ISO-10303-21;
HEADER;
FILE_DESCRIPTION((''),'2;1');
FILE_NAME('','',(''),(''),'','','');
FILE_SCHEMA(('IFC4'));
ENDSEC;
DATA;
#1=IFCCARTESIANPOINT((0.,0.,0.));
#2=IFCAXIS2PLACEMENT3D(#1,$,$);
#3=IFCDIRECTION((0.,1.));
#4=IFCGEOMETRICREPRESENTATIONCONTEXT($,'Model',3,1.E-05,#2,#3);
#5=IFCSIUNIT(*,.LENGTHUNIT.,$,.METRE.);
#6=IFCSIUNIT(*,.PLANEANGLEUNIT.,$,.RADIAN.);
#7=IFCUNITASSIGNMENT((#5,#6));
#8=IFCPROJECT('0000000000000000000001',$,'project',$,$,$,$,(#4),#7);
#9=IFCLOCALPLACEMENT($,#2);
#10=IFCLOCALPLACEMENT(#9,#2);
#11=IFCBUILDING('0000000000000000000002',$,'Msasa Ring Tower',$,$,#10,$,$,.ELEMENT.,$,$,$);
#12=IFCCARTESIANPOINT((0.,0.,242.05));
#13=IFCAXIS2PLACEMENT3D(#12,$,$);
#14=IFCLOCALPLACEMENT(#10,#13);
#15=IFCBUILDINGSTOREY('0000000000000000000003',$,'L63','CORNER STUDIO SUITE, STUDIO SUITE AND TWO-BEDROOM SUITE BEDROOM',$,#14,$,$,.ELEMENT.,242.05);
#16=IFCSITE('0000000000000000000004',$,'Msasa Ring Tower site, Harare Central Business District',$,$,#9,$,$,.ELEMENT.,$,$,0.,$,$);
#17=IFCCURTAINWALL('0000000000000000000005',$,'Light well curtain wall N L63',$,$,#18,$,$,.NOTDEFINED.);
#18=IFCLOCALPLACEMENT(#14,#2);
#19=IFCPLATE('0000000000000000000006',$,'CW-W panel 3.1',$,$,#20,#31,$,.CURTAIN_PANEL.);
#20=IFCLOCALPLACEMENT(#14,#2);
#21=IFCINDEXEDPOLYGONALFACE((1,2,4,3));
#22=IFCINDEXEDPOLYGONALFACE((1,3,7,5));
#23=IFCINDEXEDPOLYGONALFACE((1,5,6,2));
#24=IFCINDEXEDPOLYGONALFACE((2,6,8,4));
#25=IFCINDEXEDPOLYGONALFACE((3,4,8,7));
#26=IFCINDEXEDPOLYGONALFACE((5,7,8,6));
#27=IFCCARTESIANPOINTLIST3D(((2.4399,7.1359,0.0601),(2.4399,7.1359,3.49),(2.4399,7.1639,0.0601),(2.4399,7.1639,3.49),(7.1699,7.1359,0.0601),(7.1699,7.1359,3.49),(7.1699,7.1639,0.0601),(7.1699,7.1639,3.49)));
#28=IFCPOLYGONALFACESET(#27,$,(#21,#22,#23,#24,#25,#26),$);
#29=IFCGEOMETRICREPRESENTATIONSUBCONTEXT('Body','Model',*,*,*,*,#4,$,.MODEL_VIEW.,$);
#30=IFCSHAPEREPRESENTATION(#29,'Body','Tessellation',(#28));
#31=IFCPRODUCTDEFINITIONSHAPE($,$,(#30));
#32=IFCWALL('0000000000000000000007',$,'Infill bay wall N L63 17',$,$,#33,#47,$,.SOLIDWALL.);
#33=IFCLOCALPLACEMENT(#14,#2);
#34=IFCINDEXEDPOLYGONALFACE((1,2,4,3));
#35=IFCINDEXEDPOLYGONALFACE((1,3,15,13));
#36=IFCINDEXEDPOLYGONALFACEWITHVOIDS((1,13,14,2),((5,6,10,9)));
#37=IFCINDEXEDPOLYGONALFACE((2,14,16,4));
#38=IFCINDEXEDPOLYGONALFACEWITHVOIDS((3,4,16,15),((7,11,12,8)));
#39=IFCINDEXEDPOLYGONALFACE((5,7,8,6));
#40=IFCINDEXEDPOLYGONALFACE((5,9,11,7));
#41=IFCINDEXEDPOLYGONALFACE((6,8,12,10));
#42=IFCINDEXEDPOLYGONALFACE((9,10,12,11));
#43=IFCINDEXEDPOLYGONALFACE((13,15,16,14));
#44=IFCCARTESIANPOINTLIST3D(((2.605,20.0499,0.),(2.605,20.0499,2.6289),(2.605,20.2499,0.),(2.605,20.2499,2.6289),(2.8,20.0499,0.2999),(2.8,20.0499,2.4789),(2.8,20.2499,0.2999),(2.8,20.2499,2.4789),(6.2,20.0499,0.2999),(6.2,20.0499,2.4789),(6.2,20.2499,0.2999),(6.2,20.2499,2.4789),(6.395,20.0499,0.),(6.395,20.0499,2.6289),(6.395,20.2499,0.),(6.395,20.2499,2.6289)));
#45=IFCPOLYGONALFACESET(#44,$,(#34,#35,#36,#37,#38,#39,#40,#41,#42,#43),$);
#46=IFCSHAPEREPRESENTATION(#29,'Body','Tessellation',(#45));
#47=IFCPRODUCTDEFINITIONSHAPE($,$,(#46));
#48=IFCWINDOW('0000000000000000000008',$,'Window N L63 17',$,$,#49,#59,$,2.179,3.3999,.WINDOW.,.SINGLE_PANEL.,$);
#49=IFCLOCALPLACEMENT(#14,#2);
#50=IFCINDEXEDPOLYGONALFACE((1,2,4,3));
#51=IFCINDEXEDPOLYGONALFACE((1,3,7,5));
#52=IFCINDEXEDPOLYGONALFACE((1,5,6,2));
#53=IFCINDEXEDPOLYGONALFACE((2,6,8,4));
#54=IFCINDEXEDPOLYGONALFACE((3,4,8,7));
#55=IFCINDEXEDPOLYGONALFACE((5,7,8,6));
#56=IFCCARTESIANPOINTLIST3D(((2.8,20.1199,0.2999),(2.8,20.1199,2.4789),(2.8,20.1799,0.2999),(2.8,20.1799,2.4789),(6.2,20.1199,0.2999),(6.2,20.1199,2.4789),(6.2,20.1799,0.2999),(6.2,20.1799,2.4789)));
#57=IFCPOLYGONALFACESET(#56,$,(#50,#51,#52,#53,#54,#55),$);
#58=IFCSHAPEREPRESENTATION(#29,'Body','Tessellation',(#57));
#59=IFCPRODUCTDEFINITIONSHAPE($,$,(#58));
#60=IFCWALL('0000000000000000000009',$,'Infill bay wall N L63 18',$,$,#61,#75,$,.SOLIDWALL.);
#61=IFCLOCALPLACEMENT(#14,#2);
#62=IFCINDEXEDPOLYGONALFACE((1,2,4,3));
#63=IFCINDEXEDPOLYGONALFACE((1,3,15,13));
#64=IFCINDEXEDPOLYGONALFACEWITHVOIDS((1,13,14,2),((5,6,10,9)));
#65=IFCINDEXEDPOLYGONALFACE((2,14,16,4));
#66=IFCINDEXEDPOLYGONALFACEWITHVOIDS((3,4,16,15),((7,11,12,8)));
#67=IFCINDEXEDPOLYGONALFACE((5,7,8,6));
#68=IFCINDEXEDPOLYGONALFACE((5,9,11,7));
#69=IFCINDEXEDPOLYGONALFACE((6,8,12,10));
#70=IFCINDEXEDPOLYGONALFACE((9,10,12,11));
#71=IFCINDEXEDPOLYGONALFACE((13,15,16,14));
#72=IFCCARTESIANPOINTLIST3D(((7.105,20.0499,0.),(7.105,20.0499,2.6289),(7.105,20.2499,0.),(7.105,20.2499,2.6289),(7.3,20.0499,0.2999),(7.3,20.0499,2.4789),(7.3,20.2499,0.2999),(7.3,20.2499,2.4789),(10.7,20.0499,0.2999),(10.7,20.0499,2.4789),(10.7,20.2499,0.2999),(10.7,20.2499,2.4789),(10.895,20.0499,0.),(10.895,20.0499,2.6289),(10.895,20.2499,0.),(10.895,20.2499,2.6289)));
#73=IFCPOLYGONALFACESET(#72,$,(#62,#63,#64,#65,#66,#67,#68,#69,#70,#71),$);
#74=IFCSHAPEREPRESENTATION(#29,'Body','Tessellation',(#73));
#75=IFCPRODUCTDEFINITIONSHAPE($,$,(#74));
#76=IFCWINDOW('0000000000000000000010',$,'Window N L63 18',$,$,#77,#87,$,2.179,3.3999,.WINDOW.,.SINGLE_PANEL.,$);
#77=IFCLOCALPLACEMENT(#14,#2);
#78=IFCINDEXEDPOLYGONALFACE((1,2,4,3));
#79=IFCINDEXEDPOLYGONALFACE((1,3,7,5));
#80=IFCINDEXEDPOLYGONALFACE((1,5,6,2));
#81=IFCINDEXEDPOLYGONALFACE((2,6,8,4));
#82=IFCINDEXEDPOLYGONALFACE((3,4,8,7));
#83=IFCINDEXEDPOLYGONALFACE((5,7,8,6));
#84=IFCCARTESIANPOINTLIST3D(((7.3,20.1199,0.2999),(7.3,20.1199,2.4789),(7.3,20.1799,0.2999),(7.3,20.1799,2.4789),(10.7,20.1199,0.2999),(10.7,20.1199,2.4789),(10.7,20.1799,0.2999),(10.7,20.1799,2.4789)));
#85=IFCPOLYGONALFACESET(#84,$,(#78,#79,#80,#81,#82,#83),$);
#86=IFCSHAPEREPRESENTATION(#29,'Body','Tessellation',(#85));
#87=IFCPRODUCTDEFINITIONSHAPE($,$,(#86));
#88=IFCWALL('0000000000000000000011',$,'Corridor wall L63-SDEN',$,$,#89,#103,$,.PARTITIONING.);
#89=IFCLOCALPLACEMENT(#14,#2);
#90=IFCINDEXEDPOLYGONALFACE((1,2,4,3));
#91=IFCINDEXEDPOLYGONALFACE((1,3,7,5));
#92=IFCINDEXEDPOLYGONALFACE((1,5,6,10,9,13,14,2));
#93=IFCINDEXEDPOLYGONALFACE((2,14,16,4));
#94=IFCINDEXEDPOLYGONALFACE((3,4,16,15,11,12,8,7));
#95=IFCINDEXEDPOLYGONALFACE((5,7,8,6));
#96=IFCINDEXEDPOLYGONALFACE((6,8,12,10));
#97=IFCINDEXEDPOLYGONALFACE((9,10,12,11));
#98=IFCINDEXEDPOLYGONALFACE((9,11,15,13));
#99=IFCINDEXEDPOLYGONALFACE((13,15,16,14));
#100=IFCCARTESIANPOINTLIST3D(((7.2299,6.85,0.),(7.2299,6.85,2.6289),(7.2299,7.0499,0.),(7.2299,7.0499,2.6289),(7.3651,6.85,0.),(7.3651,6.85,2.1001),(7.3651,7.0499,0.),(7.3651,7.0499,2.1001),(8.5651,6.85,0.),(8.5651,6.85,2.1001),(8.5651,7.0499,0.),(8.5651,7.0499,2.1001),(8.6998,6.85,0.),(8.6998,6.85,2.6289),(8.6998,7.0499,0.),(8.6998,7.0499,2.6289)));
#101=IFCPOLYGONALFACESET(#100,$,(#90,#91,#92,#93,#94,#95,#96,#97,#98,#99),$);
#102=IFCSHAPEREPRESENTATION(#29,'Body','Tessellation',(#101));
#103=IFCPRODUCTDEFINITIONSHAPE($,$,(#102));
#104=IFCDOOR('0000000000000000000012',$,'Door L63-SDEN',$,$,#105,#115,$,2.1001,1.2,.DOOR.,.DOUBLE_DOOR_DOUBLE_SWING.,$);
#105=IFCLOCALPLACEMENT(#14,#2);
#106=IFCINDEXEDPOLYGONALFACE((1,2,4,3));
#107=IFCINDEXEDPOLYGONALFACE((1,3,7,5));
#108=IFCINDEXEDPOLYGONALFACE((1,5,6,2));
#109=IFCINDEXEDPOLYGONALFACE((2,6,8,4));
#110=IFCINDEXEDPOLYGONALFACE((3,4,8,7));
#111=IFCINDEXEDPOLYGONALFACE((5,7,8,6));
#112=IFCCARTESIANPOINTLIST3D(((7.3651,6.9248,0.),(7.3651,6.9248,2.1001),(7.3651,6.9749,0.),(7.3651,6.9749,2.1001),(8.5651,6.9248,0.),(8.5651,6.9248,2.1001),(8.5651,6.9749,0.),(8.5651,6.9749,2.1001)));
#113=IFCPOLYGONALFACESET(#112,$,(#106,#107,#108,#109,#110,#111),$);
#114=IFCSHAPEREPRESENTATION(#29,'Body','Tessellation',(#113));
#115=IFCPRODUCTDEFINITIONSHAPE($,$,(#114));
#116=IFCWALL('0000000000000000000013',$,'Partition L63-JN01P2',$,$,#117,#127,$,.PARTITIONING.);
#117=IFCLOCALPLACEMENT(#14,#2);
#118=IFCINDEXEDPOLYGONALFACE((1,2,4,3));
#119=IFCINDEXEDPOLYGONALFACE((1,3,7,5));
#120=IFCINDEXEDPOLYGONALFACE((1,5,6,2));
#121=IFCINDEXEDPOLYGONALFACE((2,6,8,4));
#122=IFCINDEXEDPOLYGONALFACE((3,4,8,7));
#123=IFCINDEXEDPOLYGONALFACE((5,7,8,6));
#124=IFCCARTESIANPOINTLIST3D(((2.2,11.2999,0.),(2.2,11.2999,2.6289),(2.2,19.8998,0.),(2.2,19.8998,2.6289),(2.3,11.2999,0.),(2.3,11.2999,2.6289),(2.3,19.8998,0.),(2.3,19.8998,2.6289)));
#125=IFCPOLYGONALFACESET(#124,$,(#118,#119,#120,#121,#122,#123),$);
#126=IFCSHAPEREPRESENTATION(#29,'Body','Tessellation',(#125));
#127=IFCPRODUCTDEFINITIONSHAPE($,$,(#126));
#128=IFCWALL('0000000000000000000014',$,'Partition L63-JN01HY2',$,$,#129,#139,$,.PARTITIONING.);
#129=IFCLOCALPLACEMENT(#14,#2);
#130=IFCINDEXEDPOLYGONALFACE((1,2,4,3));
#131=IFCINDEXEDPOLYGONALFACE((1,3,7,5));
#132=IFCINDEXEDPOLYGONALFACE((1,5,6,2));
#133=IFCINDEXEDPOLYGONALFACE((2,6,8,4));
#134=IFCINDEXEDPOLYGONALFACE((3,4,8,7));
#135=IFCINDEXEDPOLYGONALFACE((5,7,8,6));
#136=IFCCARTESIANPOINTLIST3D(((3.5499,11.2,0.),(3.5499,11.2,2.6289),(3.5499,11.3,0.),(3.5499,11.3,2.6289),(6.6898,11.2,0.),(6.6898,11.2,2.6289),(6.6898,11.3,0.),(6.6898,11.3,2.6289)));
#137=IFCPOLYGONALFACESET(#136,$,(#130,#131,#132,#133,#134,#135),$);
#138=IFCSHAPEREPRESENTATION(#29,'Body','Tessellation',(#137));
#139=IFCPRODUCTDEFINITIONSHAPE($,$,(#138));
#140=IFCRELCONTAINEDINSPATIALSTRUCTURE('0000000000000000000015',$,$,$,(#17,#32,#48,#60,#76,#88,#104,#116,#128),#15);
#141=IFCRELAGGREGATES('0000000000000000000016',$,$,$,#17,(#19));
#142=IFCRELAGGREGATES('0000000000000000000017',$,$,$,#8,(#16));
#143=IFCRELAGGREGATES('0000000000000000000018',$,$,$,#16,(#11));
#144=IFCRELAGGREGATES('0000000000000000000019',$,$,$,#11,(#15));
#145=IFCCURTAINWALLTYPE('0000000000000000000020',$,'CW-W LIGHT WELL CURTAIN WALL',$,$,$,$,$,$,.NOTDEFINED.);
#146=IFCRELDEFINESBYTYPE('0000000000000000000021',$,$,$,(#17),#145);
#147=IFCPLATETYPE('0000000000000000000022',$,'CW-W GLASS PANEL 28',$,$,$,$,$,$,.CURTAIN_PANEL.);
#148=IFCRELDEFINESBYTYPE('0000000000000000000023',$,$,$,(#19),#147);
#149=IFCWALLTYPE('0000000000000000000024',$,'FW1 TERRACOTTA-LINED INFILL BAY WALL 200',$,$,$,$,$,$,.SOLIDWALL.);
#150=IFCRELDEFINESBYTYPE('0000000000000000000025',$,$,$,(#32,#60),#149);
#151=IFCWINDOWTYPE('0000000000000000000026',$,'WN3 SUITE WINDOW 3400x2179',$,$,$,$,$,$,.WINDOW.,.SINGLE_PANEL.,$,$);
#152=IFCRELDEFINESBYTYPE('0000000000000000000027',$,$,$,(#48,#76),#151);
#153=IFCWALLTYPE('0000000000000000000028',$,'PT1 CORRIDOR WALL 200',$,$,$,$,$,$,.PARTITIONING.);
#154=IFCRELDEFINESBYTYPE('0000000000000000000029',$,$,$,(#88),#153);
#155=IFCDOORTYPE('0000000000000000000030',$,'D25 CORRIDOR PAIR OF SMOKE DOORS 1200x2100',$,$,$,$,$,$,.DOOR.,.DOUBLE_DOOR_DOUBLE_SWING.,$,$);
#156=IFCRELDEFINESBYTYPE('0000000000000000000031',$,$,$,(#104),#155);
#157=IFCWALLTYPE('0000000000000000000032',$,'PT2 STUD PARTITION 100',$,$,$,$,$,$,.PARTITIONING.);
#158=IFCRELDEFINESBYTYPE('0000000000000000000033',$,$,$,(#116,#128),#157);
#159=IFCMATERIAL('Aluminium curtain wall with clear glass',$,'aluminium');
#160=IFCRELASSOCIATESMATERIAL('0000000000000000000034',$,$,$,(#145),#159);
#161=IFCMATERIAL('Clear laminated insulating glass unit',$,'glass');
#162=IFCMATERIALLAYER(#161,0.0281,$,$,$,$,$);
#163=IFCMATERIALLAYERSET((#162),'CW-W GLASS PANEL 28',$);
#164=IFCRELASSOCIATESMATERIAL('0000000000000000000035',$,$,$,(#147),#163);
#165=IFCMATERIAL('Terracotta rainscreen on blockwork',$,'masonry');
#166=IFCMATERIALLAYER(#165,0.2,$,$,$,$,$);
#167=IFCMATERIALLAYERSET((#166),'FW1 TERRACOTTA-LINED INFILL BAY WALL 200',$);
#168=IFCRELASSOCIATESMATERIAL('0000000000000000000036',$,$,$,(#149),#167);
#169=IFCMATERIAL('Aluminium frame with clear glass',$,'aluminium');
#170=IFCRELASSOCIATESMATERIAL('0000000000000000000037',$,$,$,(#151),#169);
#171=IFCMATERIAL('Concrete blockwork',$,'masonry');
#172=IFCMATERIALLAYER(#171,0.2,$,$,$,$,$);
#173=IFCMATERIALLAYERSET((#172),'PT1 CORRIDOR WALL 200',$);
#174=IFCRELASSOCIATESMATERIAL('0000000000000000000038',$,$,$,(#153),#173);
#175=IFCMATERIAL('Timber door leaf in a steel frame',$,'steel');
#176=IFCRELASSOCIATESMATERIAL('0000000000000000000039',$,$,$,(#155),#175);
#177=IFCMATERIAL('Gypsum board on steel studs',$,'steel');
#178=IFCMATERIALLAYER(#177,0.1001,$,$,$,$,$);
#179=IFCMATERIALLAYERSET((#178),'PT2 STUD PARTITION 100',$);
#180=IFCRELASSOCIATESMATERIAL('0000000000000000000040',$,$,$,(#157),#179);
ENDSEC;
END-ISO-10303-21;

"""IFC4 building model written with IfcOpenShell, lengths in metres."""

from ifc_helpers import new_model, si_unit, direction, frame, frame_2d, origin, origin_2d, place, context, subcontext, project, spatial, rectangle, extrude, material, layer, layer_set, type_object, element, fill, aggregate, save


model = new_model("IFC4")

# Units and contexts
model_context = context("Model", 3, precision=1e-05, world=origin(), true_north=direction((0.0, 1.0)))
body_context = subcontext(model_context, "Body", "Model", "MODEL_VIEW")
ifc_project = project(units=[si_unit("LENGTHUNIT", "METRE"), si_unit("PLANEANGLEUNIT", "RADIAN")], contexts=[model_context])

# Site, building, storey
site_placement = place(None, origin())
site = spatial("IfcSite", under=ifc_project, at=site_placement, Name="Msasa Ring Tower site, Harare Central Business District", CompositionType="ELEMENT", RefElevation=0.0)
building_placement = place(site_placement, origin())
building = spatial("IfcBuilding", under=site, at=building_placement, Name="Msasa Ring Tower", CompositionType="ELEMENT")
storey_placement = place(building_placement, frame((0.0, 0.0, 242.05)))
storey = spatial("IfcBuildingStorey", under=building, at=storey_placement, Name="L63", Description="CORNER STUDIO SUITE, STUDIO SUITE AND TWO-BEDROOM SUITE BEDROOM", CompositionType="ELEMENT", Elevation=242.05)

# Curtain wall
ifc_material_1 = material(Name="Aluminium curtain wall with clear glass", Category="aluminium")
curtain_wall_type = type_object("IfcCurtainWallType", Name="CW-W LIGHT WELL CURTAIN WALL", PredefinedType="NOTDEFINED", material=ifc_material_1)
curtain_wall_1_placement = place(storey_placement, origin())
curtain_wall_1 = element("IfcCurtainWall", 1, at=curtain_wall_1_placement, inside=storey, type_object=curtain_wall_type, Name="Light well curtain wall N L63", PredefinedType="NOTDEFINED")

# Plate
ifc_material_2 = material(Name="Clear laminated insulating glass unit", Category="glass")
ifc_layer_1 = layer(ifc_material_2, 0.0281)
ifc_layer_set_1 = layer_set([ifc_layer_1], Name="CW-W GLASS PANEL 28")
plate_type = type_object("IfcPlateType", Name="CW-W GLASS PANEL 28", PredefinedType="CURTAIN_PANEL", material=ifc_layer_set_1)
plate_placement = place(storey_placement, frame((4.8049, 7.1499, 0.0601), z_axis=(0.0, 0.0, 1.0), x_axis=(1.0, 0.0, 0.0)))
plate = element("IfcPlate", 2, at=plate_placement, type_object=plate_type, Name="CW-W panel 3.1", PredefinedType="CURTAIN_PANEL", context=body_context, shape_type="SweptSolid", body=[
    extrude(rectangle(XDim=4.73, YDim=0.0281, at=origin_2d()), origin(), (0.0, 0.0, 1.0), 3.4299),
])
aggregate(curtain_wall_1, [plate])

# Walls, openings, windows
ifc_material_3 = material(Name="Terracotta rainscreen on blockwork", Category="masonry")
ifc_layer_2 = layer(ifc_material_3, 0.2)
ifc_layer_set_2 = layer_set([ifc_layer_2], Name="FW1 TERRACOTTA-LINED INFILL BAY WALL 200")
wall_type_1 = type_object("IfcWallType", Name="FW1 TERRACOTTA-LINED INFILL BAY WALL 200", PredefinedType="SOLIDWALL", material=ifc_layer_set_2)
wall_1_placement = place(storey_placement, frame((2.605, 20.1499, 0.0), z_axis=(0.0, 0.0, 1.0), x_axis=(1.0, 0.0, 0.0)))
wall_1 = element("IfcWall", 3, at=wall_1_placement, inside=storey, type_object=wall_type_1, Name="Infill bay wall N L63 17", PredefinedType="SOLIDWALL", context=body_context, shape_type="SweptSolid", body=[
    extrude(rectangle(XDim=3.79, YDim=0.2, at=frame_2d((1.895, 0.0))), origin(), (0.0, 0.0, 1.0), 2.6289),
])
opening_1_placement = place(wall_1_placement, frame((0.1951, 0.0, 0.3)))
opening_1 = element("IfcOpeningElement", 4, at=opening_1_placement, cuts=wall_1, PredefinedType="OPENING", context=body_context, shape_type="SweptSolid", body=[
    extrude(rectangle(XDim=3.3999, YDim=2.179, at=frame_2d((1.7, 1.0894))), frame((0.0, 0.1099, 0.0), z_axis=(0.0, -1.0, 0.0), x_axis=(1.0, 0.0, 0.0)), (0.0, 0.0, 1.0), 0.22),
])
ifc_material_4 = material(Name="Aluminium frame with clear glass", Category="aluminium")
window_type = type_object("IfcWindowType", Name="WN3 SUITE WINDOW 3400x2179", PartitioningType="SINGLE_PANEL", PredefinedType="WINDOW", material=ifc_material_4)
window_1_placement = place(opening_1_placement, origin())
window_1 = element("IfcWindow", 5, at=window_1_placement, inside=storey, type_object=window_type, Name="Window N L63 17", OverallHeight=2.179, OverallWidth=3.3999, PartitioningType="SINGLE_PANEL", PredefinedType="WINDOW", context=body_context, shape_type="SweptSolid", body=[
    extrude(rectangle(XDim=3.3999, YDim=2.179, at=frame_2d((1.7, 1.0894))), frame((0.0, 0.03, 0.0), z_axis=(0.0, -1.0, 0.0), x_axis=(1.0, 0.0, 0.0)), (0.0, 0.0, 1.0), 0.0601),
])
fill(opening_1, window_1)
wall_2_placement = place(storey_placement, frame((7.105, 20.1499, 0.0), z_axis=(0.0, 0.0, 1.0), x_axis=(1.0, 0.0, 0.0)))
wall_2 = element("IfcWall", 6, at=wall_2_placement, inside=storey, type_object=wall_type_1, Name="Infill bay wall N L63 18", PredefinedType="SOLIDWALL", context=body_context, shape_type="SweptSolid", body=[
    extrude(rectangle(XDim=3.79, YDim=0.2, at=frame_2d((1.895, 0.0))), origin(), (0.0, 0.0, 1.0), 2.6289),
])
opening_2_placement = place(wall_2_placement, frame((0.1951, 0.0, 0.3)))
opening_2 = element("IfcOpeningElement", 7, at=opening_2_placement, cuts=wall_2, PredefinedType="OPENING", context=body_context, shape_type="SweptSolid", body=[
    extrude(rectangle(XDim=3.3999, YDim=2.179, at=frame_2d((1.7, 1.0894))), frame((0.0, 0.1099, 0.0), z_axis=(0.0, -1.0, 0.0), x_axis=(1.0, 0.0, 0.0)), (0.0, 0.0, 1.0), 0.22),
])
window_2_placement = place(opening_2_placement, origin())
window_2 = element("IfcWindow", 8, at=window_2_placement, inside=storey, type_object=window_type, Name="Window N L63 18", OverallHeight=2.179, OverallWidth=3.3999, PartitioningType="SINGLE_PANEL", PredefinedType="WINDOW", context=body_context, shape_type="SweptSolid", body=[
    extrude(rectangle(XDim=3.3999, YDim=2.179, at=frame_2d((1.7, 1.0894))), frame((0.0, 0.03, 0.0), z_axis=(0.0, -1.0, 0.0), x_axis=(1.0, 0.0, 0.0)), (0.0, 0.0, 1.0), 0.0601),
])
fill(opening_2, window_2)

# Wall, opening, door
ifc_material_5 = material(Name="Concrete blockwork", Category="masonry")
ifc_layer_3 = layer(ifc_material_5, 0.2)
ifc_layer_set_3 = layer_set([ifc_layer_3], Name="PT1 CORRIDOR WALL 200")
wall_type_2 = type_object("IfcWallType", Name="PT1 CORRIDOR WALL 200", PredefinedType="PARTITIONING", material=ifc_layer_set_3)
wall_3_placement = place(storey_placement, frame((7.23, 6.95, 0.0), z_axis=(0.0, 0.0, 1.0), x_axis=(1.0, 0.0, 0.0)))
wall_3 = element("IfcWall", 9, at=wall_3_placement, inside=storey, type_object=wall_type_2, Name="Corridor wall L63-SDEN", PredefinedType="PARTITIONING", context=body_context, shape_type="SweptSolid", body=[
    extrude(rectangle(XDim=1.47, YDim=0.2, at=frame_2d((0.7349, 0.0))), origin(), (0.0, 0.0, 1.0), 2.6289),
])
opening_3_placement = place(wall_3_placement, frame((0.135, 0.0, 0.0)))
opening_3 = element("IfcOpeningElement", 10, at=opening_3_placement, cuts=wall_3, PredefinedType="OPENING", context=body_context, shape_type="SweptSolid", body=[
    extrude(rectangle(XDim=1.2, YDim=2.1001, at=frame_2d((0.6001, 1.05))), frame((0.0, 0.1099, 0.0), z_axis=(0.0, -1.0, 0.0), x_axis=(1.0, 0.0, 0.0)), (0.0, 0.0, 1.0), 0.22),
])
ifc_material_6 = material(Name="Timber door leaf in a steel frame", Category="steel")
door_type_1 = type_object("IfcDoorType", Name="D25 CORRIDOR PAIR OF SMOKE DOORS 1200x2100", OperationType="DOUBLE_DOOR_DOUBLE_SWING", PredefinedType="DOOR", material=ifc_material_6)
door_1_placement = place(opening_3_placement, origin())
door_1 = element("IfcDoor", 11, at=door_1_placement, inside=storey, type_object=door_type_1, Name="Door L63-SDEN", OperationType="DOUBLE_DOOR_DOUBLE_SWING", OverallHeight=2.1001, OverallWidth=1.2, PredefinedType="DOOR", context=body_context, shape_type="SweptSolid", body=[
    extrude(rectangle(XDim=1.2, YDim=2.1001, at=frame_2d((0.6001, 1.05))), frame((0.0, 0.0249, 0.0), z_axis=(0.0, -1.0, 0.0), x_axis=(1.0, 0.0, 0.0)), (0.0, 0.0, 1.0), 0.05),
])
fill(opening_3, door_1)

# Walls
ifc_material_7 = material(Name="Gypsum board on steel studs", Category="steel")
ifc_layer_4 = layer(ifc_material_7, 0.1001)
ifc_layer_set_4 = layer_set([ifc_layer_4], Name="PT2 STUD PARTITION 100")
wall_type_3 = type_object("IfcWallType", Name="PT2 STUD PARTITION 100", PredefinedType="PARTITIONING", material=ifc_layer_set_4)
wall_4_placement = place(storey_placement, frame((2.25, 11.3, 0.0), z_axis=(0.0, 0.0, 1.0), x_axis=(0.0, 1.0, 0.0)))
element("IfcWall", 12, at=wall_4_placement, inside=storey, type_object=wall_type_3, Name="Partition L63-JN01P2", PredefinedType="PARTITIONING", context=body_context, shape_type="SweptSolid", body=[
    extrude(rectangle(XDim=8.5999, YDim=0.1001, at=frame_2d((4.2998, 0.0))), origin(), (0.0, 0.0, 1.0), 2.6289),
])
wall_5_placement = place(storey_placement, frame((3.55, 11.25, 0.0), z_axis=(0.0, 0.0, 1.0), x_axis=(1.0, 0.0, 0.0)))
element("IfcWall", 13, at=wall_5_placement, inside=storey, type_object=wall_type_3, Name="Partition L63-JN01HY2", PredefinedType="PARTITIONING", context=body_context, shape_type="SweptSolid", body=[
    extrude(rectangle(XDim=3.1399, YDim=0.1001, at=frame_2d((1.5698, 0.0))), origin(), (0.0, 0.0, 1.0), 2.6289),
])

save(model, "model.ifc")
